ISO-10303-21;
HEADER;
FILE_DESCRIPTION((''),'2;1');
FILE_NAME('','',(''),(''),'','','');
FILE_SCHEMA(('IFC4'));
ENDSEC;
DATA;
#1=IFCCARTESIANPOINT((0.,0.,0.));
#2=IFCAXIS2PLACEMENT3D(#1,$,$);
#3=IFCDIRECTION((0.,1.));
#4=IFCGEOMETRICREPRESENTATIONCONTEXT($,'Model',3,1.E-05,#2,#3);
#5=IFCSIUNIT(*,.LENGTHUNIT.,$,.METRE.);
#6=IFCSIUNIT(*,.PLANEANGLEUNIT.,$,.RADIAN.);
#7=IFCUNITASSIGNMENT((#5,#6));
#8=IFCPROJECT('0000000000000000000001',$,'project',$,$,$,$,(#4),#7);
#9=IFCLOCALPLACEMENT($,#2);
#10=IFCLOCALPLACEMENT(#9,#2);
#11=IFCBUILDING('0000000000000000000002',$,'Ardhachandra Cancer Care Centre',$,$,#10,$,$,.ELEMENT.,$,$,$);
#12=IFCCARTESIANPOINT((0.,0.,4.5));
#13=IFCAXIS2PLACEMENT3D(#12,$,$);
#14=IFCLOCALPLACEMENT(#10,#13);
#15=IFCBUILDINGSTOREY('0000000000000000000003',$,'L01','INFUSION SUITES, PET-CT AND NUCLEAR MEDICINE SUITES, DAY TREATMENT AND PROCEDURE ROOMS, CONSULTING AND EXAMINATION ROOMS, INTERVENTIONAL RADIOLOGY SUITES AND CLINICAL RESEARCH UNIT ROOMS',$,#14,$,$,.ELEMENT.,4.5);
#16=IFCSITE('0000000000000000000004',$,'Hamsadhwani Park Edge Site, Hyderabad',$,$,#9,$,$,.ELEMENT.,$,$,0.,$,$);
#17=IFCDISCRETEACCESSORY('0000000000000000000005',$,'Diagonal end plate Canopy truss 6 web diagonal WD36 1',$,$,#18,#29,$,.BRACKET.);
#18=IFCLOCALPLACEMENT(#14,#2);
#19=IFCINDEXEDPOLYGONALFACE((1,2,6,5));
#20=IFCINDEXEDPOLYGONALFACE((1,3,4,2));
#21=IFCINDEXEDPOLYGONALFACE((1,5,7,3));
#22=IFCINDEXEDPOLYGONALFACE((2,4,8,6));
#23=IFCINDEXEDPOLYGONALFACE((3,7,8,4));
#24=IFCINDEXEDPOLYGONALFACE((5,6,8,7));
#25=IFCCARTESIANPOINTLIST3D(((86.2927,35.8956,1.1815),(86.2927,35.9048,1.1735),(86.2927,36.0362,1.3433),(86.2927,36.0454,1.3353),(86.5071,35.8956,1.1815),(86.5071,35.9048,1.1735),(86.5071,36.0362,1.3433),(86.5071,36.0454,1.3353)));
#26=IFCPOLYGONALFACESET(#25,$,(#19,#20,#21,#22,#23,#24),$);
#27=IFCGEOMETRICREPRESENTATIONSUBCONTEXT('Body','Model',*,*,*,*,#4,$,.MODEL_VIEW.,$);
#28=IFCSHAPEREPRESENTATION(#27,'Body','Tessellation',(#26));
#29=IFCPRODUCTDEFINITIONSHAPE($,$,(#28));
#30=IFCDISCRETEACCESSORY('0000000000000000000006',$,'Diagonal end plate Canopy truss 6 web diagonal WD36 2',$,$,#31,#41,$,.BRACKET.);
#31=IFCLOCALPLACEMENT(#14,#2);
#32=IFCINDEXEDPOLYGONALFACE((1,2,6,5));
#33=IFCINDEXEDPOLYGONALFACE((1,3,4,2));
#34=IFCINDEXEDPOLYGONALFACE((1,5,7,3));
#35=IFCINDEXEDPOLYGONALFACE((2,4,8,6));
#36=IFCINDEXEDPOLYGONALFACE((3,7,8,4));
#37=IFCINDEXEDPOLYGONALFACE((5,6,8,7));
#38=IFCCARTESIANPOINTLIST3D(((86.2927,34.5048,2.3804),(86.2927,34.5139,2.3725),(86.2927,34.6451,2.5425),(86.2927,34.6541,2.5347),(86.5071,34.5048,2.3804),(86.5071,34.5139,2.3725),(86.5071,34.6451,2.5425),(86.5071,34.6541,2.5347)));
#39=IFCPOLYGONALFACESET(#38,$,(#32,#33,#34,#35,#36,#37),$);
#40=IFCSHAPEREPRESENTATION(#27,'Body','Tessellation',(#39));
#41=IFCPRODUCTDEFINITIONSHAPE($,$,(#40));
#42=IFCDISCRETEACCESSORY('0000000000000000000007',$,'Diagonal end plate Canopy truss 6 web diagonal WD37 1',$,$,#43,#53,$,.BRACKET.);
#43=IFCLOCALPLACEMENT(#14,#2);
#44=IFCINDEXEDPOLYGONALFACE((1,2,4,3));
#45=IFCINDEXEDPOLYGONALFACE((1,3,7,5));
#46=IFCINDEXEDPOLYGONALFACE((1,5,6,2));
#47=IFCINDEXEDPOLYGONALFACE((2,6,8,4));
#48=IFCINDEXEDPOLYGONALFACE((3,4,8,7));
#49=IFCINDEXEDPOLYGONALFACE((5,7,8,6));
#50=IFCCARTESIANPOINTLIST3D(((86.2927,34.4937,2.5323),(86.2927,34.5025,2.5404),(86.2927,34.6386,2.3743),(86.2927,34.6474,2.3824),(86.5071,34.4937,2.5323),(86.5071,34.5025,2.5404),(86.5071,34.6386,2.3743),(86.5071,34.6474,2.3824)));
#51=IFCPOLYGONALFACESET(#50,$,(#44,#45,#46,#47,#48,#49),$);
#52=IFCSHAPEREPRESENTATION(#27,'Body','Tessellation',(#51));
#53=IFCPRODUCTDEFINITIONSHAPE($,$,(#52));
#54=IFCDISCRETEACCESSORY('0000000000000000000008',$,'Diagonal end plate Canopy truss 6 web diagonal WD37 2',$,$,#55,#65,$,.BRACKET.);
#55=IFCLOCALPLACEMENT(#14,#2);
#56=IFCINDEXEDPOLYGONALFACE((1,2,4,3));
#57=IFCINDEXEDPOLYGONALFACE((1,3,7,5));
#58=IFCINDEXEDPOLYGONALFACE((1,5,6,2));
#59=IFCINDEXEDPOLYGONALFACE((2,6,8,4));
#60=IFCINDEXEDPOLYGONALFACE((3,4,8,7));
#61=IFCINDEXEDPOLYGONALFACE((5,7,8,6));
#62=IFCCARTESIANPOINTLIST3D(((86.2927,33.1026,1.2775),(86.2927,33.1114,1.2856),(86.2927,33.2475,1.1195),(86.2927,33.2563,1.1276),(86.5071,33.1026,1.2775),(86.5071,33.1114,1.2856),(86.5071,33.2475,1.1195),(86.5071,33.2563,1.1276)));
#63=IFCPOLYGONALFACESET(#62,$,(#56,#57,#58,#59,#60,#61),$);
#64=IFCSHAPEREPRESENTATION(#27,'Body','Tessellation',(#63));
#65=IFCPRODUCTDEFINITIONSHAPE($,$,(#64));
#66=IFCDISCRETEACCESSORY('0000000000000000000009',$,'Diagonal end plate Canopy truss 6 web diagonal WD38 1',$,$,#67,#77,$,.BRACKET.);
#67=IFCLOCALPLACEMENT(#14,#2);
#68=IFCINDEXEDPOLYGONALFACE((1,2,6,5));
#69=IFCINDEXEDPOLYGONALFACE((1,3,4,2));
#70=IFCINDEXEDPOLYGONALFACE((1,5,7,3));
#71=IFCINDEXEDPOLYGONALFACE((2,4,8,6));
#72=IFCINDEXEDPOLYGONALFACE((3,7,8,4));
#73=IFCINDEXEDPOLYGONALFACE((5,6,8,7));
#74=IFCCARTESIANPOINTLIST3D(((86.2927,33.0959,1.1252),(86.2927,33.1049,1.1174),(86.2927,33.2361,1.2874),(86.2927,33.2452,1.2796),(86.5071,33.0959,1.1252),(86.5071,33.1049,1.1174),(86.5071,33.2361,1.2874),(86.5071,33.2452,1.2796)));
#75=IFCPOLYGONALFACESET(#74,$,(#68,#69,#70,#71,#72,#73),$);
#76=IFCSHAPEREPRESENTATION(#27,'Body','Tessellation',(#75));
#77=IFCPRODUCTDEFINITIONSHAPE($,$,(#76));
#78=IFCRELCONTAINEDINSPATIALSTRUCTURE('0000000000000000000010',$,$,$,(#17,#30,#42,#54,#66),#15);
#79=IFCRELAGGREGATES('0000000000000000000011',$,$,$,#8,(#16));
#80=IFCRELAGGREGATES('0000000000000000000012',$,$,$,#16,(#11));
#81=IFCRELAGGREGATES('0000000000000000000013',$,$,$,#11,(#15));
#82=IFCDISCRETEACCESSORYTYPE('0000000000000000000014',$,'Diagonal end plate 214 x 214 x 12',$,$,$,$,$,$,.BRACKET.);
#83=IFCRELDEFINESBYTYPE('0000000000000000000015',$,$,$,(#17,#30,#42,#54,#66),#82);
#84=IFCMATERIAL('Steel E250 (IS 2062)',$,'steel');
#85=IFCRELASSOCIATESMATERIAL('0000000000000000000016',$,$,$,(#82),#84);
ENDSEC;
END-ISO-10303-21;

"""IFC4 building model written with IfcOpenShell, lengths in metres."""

from ifc_helpers import new_model, si_unit, direction, frame, origin, origin_2d, place, context, subcontext, project, spatial, rectangle, extrude, material, material_profile, profile_set, type_object, element, save


model = new_model("IFC4")

# Units and contexts
model_context = context("Model", 3, precision=1e-05, world=origin(), true_north=direction((0.0, 1.0)))
body_context = subcontext(model_context, "Body", "Model", "MODEL_VIEW")
ifc_project = project(units=[si_unit("LENGTHUNIT", "METRE"), si_unit("PLANEANGLEUNIT", "RADIAN")], contexts=[model_context])

# Site, building, storey
site_placement = place(None, origin())
site = spatial("IfcSite", under=ifc_project, at=site_placement, Name="Hamsadhwani Park Edge Site, Hyderabad", CompositionType="ELEMENT", RefElevation=0.0)
building_placement = place(site_placement, origin())
building = spatial("IfcBuilding", under=site, at=building_placement, Name="Ardhachandra Cancer Care Centre", CompositionType="ELEMENT")
storey_placement = place(building_placement, frame((0.0, 0.0, 4.5)))
storey = spatial("IfcBuildingStorey", under=building, at=storey_placement, Name="L01", Description="INFUSION SUITES, PET-CT AND NUCLEAR MEDICINE SUITES, DAY TREATMENT AND PROCEDURE ROOMS, CONSULTING AND EXAMINATION ROOMS, INTERVENTIONAL RADIOLOGY SUITES AND CLINICAL RESEARCH UNIT ROOMS", CompositionType="ELEMENT", Elevation=4.5)

# Discrete accessories
ifc_material_1 = material(Name="Steel E250 (IS 2062)", Category="steel")
ifc_material_profile_1 = material_profile(ifc_material_1, rectangle(XDim=0.2144, YDim=0.2144, at=origin_2d()), Name="PL 214x214x12")
ifc_profile_set_1 = profile_set([ifc_material_profile_1], Name="Steel E250 (IS 2062)")
discrete_accessory_type = type_object("IfcDiscreteAccessoryType", Name="Diagonal end plate 214 x 214 x 12", PredefinedType="BRACKET", material=ifc_profile_set_1)
discrete_accessory_placement = place(storey_placement, frame((86.3999, 35.9751, 1.2544), z_axis=(0.0, -0.755033, 0.655687), x_axis=(1.0, 0.0, 0.0)))
element("IfcDiscreteAccessory", 1, at=discrete_accessory_placement, inside=storey, type_object=discrete_accessory_type, Name="Diagonal end plate Canopy truss 6 web diagonal WD36 1", PredefinedType="BRACKET", context=body_context, shape_type="SweptSolid", body=[
    extrude(rectangle(XDim=0.2144, YDim=0.2144, at=origin_2d()), origin(), (0.0, 0.0, 1.0), 0.0122),
])
for number, where, z_axis, x_axis, name in (
    (2, (86.3999, 34.575, 2.4614), (0.0, 0.756363, -0.654152), (-1.0, 0.0, 0.0), "Diagonal end plate Canopy truss 6 web diagonal WD36 2"),
    (3, (86.3999, 34.575, 2.4614), (0.0, -0.737154, -0.675725), (1.0, 0.0, 0.0), "Diagonal end plate Canopy truss 6 web diagonal WD37 1"),
    (4, (86.3999, 33.175, 1.1985), (0.0, 0.737154, 0.675725), (-1.0, 0.0, 0.0), "Diagonal end plate Canopy truss 6 web diagonal WD37 2"),
    (5, (86.3999, 33.175, 1.1985), (0.0, -0.756363, 0.654152), (1.0, 0.0, 0.0), "Diagonal end plate Canopy truss 6 web diagonal WD38 1"),
):
    element("IfcDiscreteAccessory", number, at=place(storey_placement, frame(where, z_axis=z_axis, x_axis=x_axis)), inside=storey, type_object=discrete_accessory_type, Name=name, PredefinedType="BRACKET", context=body_context, shape_type="SweptSolid", body=[
        extrude(rectangle(XDim=0.2144, YDim=0.2144, at=origin_2d()), origin(), (0.0, 0.0, 1.0), 0.012),
    ])

save(model, "model.ifc")
